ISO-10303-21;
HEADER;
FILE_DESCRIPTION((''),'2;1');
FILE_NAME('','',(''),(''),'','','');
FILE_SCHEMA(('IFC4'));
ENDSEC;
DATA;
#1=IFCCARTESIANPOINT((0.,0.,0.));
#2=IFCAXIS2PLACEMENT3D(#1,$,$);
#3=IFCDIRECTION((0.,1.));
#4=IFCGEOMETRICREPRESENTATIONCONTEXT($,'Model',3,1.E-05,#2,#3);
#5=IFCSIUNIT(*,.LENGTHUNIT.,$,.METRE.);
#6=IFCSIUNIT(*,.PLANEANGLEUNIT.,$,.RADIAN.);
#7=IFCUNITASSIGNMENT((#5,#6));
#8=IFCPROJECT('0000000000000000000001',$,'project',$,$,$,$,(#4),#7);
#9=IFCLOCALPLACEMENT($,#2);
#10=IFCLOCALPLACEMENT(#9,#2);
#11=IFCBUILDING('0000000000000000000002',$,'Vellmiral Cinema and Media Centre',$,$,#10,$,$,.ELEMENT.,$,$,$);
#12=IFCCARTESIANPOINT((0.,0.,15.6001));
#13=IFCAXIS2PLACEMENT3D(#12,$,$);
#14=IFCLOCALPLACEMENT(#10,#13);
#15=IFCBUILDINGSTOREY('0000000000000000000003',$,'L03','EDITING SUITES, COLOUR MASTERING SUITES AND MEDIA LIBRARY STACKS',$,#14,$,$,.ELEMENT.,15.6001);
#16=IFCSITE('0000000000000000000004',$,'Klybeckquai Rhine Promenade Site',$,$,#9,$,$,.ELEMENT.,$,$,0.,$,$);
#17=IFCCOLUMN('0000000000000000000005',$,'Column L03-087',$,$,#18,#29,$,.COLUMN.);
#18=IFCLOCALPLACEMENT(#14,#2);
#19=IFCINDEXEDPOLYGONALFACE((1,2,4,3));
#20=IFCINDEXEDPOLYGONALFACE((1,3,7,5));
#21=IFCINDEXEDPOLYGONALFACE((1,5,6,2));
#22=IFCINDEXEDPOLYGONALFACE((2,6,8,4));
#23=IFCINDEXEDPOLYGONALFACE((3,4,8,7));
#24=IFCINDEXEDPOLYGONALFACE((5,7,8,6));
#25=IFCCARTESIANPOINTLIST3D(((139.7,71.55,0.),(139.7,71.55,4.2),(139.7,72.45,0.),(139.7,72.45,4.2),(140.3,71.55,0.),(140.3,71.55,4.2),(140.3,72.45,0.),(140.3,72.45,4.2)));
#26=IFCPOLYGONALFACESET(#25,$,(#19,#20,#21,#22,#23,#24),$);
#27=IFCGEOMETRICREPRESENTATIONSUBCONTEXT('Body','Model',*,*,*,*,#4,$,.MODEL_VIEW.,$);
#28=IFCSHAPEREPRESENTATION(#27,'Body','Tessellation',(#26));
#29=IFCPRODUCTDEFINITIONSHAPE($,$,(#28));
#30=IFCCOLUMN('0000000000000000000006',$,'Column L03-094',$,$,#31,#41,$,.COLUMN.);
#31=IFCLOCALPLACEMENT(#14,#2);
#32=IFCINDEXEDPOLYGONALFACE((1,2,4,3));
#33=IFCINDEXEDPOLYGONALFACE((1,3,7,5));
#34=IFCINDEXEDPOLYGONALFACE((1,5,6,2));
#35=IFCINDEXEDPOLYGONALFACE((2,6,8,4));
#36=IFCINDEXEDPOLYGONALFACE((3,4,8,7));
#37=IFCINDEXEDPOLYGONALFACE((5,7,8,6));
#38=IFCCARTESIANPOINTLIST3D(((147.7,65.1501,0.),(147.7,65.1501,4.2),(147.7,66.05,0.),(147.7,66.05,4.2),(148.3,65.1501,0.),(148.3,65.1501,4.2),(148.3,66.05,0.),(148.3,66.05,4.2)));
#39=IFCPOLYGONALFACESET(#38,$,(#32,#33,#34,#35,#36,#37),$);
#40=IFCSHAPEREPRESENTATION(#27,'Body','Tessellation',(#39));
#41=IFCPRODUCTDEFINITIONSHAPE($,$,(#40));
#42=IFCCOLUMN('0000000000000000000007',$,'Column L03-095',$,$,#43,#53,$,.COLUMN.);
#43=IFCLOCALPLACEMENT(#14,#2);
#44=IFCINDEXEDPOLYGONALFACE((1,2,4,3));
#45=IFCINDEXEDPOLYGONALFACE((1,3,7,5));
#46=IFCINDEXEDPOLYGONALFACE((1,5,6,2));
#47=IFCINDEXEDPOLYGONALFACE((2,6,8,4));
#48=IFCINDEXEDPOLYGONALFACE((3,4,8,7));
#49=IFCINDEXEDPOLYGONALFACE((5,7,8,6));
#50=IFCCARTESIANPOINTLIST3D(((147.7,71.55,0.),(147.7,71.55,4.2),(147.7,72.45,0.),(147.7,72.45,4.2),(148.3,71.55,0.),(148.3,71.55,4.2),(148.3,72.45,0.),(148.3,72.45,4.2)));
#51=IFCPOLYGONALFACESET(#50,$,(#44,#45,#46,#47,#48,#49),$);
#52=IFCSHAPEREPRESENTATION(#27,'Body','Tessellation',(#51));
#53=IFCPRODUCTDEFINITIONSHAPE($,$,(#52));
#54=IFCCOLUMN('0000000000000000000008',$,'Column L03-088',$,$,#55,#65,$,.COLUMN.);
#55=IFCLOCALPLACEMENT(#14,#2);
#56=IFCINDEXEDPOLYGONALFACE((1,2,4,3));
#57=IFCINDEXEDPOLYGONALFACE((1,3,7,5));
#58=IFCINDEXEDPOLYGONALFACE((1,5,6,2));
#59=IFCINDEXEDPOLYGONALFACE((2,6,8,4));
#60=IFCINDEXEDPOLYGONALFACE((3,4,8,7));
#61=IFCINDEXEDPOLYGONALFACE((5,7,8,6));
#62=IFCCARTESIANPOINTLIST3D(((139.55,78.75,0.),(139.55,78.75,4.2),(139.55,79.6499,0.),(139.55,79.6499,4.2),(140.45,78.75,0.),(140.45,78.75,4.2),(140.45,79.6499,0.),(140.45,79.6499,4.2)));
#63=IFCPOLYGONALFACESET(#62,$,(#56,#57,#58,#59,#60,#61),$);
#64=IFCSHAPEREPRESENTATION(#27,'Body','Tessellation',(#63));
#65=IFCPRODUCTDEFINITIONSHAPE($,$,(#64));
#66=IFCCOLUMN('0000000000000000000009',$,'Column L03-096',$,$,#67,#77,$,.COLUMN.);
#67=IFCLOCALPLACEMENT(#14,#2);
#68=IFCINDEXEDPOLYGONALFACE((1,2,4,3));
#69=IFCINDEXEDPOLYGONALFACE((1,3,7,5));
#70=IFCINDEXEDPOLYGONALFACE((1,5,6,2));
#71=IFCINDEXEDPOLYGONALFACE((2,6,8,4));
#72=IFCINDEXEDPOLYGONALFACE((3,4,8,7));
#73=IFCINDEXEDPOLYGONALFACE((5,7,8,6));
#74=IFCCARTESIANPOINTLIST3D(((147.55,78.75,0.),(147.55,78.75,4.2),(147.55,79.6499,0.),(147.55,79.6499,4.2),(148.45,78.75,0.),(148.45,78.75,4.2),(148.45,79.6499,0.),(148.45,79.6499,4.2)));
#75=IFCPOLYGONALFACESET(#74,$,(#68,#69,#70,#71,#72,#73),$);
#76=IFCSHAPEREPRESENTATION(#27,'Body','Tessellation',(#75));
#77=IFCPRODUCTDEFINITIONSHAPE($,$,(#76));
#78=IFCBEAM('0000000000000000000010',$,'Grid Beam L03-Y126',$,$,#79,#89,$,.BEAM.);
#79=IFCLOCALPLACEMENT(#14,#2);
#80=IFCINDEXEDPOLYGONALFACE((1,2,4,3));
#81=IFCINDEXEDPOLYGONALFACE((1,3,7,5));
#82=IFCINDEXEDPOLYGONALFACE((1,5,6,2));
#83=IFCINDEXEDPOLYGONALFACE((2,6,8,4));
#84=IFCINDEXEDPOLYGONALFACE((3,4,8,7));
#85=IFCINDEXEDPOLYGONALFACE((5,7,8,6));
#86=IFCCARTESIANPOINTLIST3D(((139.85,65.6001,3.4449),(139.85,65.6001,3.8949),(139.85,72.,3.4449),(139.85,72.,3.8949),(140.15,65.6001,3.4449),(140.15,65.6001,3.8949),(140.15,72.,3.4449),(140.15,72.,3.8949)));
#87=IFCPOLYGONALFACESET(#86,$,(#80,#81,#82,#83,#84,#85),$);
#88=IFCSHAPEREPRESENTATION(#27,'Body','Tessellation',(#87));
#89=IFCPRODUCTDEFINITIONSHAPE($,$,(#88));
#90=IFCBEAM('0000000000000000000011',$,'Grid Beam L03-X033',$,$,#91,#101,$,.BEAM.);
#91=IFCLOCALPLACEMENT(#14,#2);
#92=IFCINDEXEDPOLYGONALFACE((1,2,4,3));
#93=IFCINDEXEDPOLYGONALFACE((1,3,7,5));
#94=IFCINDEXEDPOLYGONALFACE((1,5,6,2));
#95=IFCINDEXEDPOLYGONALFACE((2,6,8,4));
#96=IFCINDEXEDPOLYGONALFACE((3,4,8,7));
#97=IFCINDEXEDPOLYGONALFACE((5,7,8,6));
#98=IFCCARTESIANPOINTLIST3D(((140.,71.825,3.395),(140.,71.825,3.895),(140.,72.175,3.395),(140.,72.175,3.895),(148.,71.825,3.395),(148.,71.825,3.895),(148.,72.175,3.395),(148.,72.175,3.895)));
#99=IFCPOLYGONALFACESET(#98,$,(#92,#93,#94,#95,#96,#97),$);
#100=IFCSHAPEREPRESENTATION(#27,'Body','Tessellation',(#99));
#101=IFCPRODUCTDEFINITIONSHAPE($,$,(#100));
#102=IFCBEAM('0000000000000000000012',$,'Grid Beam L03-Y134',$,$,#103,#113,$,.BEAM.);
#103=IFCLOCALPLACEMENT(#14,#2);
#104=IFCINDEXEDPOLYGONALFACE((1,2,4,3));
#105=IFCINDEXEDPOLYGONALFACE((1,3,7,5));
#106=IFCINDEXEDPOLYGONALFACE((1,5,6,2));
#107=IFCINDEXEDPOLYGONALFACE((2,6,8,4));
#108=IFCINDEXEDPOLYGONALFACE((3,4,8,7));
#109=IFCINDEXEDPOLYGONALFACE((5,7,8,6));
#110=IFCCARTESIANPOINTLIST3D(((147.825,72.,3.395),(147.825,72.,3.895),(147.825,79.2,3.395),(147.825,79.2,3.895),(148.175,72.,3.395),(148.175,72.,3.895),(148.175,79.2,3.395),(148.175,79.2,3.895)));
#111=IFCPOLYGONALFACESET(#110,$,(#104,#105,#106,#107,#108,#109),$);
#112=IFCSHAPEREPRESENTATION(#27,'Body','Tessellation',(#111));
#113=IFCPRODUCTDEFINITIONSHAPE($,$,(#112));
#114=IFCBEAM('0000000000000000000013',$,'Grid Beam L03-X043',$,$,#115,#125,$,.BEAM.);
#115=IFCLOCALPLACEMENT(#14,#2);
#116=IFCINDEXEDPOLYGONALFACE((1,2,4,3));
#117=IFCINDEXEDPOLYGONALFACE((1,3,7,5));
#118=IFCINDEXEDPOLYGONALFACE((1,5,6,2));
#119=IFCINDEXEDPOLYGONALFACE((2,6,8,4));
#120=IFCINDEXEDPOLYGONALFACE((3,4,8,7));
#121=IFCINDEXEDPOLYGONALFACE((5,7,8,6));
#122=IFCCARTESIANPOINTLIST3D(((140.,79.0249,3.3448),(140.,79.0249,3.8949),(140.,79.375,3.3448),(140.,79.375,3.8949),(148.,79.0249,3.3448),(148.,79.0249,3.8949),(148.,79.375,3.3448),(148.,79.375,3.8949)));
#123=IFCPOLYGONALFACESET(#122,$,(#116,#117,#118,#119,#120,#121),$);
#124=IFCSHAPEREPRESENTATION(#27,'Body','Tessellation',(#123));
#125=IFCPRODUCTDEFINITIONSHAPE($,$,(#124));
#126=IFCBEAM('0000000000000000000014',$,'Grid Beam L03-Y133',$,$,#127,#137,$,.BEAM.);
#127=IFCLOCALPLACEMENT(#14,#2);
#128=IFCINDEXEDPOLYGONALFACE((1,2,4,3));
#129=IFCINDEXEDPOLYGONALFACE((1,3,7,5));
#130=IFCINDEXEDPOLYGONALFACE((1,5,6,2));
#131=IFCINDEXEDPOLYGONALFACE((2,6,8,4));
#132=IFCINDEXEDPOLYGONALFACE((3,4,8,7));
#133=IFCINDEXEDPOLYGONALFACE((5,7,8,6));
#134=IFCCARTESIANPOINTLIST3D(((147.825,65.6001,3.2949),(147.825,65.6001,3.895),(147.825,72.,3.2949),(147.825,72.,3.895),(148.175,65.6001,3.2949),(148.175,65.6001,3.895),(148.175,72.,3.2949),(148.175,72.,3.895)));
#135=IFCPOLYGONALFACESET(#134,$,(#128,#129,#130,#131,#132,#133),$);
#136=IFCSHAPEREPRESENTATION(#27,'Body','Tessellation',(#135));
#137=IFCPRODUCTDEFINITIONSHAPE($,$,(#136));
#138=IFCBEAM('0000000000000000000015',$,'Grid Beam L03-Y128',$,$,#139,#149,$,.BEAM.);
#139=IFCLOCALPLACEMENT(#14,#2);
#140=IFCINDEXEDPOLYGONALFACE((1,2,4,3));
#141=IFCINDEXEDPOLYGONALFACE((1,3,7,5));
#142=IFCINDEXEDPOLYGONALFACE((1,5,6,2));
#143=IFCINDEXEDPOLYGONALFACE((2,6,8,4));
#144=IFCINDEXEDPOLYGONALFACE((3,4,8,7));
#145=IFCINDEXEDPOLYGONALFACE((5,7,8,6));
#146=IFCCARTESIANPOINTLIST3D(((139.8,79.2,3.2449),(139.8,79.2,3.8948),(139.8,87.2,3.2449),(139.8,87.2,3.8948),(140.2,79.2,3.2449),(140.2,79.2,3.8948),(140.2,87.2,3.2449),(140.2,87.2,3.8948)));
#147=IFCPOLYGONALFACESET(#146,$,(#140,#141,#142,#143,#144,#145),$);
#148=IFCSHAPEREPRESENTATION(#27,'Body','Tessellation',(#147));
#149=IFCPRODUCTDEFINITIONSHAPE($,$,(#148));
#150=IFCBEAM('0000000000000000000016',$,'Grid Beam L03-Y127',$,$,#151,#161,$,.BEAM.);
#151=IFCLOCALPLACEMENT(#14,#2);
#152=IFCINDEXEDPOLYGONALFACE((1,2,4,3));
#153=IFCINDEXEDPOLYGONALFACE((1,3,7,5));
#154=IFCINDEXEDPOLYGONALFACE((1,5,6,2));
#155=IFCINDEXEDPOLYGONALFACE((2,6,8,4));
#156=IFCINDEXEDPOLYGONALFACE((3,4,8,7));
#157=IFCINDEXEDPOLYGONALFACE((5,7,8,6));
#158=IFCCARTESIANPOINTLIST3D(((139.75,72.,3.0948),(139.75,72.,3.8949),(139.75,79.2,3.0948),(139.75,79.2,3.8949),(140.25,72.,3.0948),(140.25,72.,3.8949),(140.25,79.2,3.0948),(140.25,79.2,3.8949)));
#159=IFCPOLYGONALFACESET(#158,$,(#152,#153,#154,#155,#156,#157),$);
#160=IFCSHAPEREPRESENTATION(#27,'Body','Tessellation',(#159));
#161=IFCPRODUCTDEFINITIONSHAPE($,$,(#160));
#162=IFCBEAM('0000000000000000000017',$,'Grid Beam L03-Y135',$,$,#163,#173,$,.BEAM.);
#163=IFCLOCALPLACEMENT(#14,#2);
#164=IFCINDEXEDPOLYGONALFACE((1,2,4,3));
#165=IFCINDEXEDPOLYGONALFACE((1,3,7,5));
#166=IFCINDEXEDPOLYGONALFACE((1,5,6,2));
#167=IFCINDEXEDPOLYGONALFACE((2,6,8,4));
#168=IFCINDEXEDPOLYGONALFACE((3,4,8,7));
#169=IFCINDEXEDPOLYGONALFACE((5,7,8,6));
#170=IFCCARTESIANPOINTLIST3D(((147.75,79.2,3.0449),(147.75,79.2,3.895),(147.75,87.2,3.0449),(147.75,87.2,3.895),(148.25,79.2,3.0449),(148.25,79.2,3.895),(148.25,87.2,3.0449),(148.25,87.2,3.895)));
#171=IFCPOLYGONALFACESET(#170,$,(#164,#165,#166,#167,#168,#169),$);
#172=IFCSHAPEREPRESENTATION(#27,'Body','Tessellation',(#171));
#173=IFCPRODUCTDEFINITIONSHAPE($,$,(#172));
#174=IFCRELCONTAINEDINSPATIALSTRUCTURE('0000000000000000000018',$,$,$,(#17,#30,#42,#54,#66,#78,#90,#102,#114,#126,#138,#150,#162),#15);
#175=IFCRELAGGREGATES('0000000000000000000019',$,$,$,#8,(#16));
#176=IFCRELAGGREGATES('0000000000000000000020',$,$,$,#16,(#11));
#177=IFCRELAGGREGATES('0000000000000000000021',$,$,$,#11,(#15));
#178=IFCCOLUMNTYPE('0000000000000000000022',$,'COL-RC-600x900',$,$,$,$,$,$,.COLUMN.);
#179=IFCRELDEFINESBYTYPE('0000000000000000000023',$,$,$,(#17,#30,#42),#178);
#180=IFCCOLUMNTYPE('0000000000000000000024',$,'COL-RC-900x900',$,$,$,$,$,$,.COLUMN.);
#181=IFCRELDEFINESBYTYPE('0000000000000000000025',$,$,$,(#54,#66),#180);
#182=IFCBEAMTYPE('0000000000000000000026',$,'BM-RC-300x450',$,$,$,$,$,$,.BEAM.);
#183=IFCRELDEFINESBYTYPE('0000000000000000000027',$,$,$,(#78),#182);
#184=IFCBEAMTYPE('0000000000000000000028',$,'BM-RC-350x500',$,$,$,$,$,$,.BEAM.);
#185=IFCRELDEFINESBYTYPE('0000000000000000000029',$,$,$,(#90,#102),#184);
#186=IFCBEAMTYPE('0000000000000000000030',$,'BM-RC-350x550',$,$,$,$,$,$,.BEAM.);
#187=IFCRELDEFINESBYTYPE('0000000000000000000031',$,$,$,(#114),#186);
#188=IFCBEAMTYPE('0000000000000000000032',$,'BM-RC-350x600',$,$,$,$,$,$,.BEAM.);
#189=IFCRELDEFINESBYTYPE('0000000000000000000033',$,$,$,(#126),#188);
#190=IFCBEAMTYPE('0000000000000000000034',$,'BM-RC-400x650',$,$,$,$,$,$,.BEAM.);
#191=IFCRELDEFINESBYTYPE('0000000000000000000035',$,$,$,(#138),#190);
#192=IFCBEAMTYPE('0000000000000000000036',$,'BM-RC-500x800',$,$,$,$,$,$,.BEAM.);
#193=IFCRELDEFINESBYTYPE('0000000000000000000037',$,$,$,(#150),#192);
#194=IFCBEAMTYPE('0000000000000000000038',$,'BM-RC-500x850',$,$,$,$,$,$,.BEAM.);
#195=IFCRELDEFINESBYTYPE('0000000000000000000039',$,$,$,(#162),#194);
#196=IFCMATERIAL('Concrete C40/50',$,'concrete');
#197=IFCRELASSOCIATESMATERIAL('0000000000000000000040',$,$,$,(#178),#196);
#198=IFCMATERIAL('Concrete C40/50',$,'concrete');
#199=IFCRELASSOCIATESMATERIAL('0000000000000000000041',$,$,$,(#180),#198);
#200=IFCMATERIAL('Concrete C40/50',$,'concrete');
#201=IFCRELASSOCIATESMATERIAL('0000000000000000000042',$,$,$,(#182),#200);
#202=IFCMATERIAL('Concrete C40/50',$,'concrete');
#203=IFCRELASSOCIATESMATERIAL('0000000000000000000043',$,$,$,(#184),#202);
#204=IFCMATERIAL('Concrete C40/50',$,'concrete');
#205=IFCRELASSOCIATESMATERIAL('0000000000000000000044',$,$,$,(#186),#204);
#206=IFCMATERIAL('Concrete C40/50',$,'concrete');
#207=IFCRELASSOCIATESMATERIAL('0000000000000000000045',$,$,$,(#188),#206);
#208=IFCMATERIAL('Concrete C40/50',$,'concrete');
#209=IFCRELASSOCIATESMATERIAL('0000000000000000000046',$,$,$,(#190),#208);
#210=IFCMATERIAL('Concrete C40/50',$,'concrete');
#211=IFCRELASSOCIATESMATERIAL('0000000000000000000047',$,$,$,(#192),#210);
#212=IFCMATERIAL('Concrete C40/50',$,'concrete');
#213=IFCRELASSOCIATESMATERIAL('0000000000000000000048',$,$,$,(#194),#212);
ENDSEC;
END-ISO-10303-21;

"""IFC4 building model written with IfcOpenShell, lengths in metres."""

from ifc_helpers import new_model, si_unit, direction, frame, origin, origin_2d, place, context, subcontext, project, spatial, rectangle, extrude, material, material_profile, profile_set, type_object, element, save


model = new_model("IFC4")

# Units and contexts
model_context = context("Model", 3, precision=1e-05, world=origin(), true_north=direction((0.0, 1.0)))
body_context = subcontext(model_context, "Body", "Model", "MODEL_VIEW")
ifc_project = project(units=[si_unit("LENGTHUNIT", "METRE"), si_unit("PLANEANGLEUNIT", "RADIAN")], contexts=[model_context])

# Site, building, storey
site_placement = place(None, origin())
site = spatial("IfcSite", under=ifc_project, at=site_placement, Name="Klybeckquai Rhine Promenade Site", CompositionType="ELEMENT", RefElevation=0.0)
building_placement = place(site_placement, origin())
building = spatial("IfcBuilding", under=site, at=building_placement, Name="Vellmiral Cinema and Media Centre", CompositionType="ELEMENT")
storey_placement = place(building_placement, frame((0.0, 0.0, 15.6001)))
storey = spatial("IfcBuildingStorey", under=building, at=storey_placement, Name="L03", Description="EDITING SUITES, COLOUR MASTERING SUITES AND MEDIA LIBRARY STACKS", CompositionType="ELEMENT", Elevation=15.6001)

# Columns
ifc_material_1 = material(Name="Concrete C40/50", Category="concrete")
ifc_material_profile_1 = material_profile(ifc_material_1, rectangle(XDim=0.6001, YDim=0.8999, at=origin_2d()), Name="RC 600x900")
ifc_profile_set_1 = profile_set([ifc_material_profile_1], Name="Concrete C40/50")
column_type_1 = type_object("IfcColumnType", Name="COL-RC-600x900", PredefinedType="COLUMN", material=ifc_profile_set_1)
for number, where, z_axis, x_axis, name in (
    (1, (140.0, 72.0, 0.0), (0.0, 0.0, 1.0), (1.0, 0.0, 0.0), "Column L03-087"),
    (2, (148.0, 65.6001, 0.0), (0.0, 0.0, 1.0), (1.0, 0.0, 0.0), "Column L03-094"),
    (3, (148.0, 72.0, 0.0), (0.0, 0.0, 1.0), (1.0, 0.0, 0.0), "Column L03-095"),
):
    element("IfcColumn", number, at=place(storey_placement, frame(where, z_axis=z_axis, x_axis=x_axis)), inside=storey, type_object=column_type_1, Name=name, PredefinedType="COLUMN", context=body_context, shape_type="SweptSolid", body=[
        extrude(rectangle(XDim=0.6001, YDim=0.8999, at=origin_2d()), origin(), (0.0, 0.0, 1.0), 4.2),
    ])
ifc_material_2 = material(Name="Concrete C40/50", Category="concrete")
ifc_material_profile_2 = material_profile(ifc_material_2, rectangle(XDim=0.8999, YDim=0.8999, at=origin_2d()), Name="RC 900x900")
ifc_profile_set_2 = profile_set([ifc_material_profile_2], Name="Concrete C40/50")
column_type_2 = type_object("IfcColumnType", Name="COL-RC-900x900", PredefinedType="COLUMN", material=ifc_profile_set_2)
for number, where, z_axis, x_axis, name in (
    (4, (140.0, 79.2, 0.0), (0.0, 0.0, 1.0), (1.0, 0.0, 0.0), "Column L03-088"),
    (5, (148.0, 79.2, 0.0), (0.0, 0.0, 1.0), (1.0, 0.0, 0.0), "Column L03-096"),
):
    element("IfcColumn", number, at=place(storey_placement, frame(where, z_axis=z_axis, x_axis=x_axis)), inside=storey, type_object=column_type_2, Name=name, PredefinedType="COLUMN", context=body_context, shape_type="SweptSolid", body=[
        extrude(rectangle(XDim=0.8999, YDim=0.8999, at=origin_2d()), origin(), (0.0, 0.0, 1.0), 4.2),
    ])

# Beams
ifc_material_3 = material(Name="Concrete C40/50", Category="concrete")
ifc_material_profile_3 = material_profile(ifc_material_3, rectangle(XDim=0.3, YDim=0.45, at=origin_2d()), Name="RC 300x450")
ifc_profile_set_3 = profile_set([ifc_material_profile_3], Name="Concrete C40/50")
beam_type_1 = type_object("IfcBeamType", Name="BM-RC-300x450", PredefinedType="BEAM", material=ifc_profile_set_3)
beam_1_placement = place(storey_placement, frame((140.0, 65.6001, 3.6699), z_axis=(0.0, 1.0, 0.0), x_axis=(-1.0, 0.0, 0.0)))
element("IfcBeam", 6, at=beam_1_placement, inside=storey, type_object=beam_type_1, Name="Grid Beam L03-Y126", PredefinedType="BEAM", context=body_context, shape_type="SweptSolid", body=[
    extrude(rectangle(XDim=0.3, YDim=0.45, at=origin_2d()), origin(), (0.0, 0.0, 1.0), 6.3999),
])
ifc_material_4 = material(Name="Concrete C40/50", Category="concrete")
ifc_material_profile_4 = material_profile(ifc_material_4, rectangle(XDim=0.3501, YDim=0.5, at=origin_2d()), Name="RC 350x500")
ifc_profile_set_4 = profile_set([ifc_material_profile_4], Name="Concrete C40/50")
beam_type_2 = type_object("IfcBeamType", Name="BM-RC-350x500", PredefinedType="BEAM", material=ifc_profile_set_4)
beam_2_placement = place(storey_placement, frame((140.0, 72.0, 3.645), z_axis=(1.0, 0.0, 0.0), x_axis=(0.0, 1.0, 0.0)))
element("IfcBeam", 7, at=beam_2_placement, inside=storey, type_object=beam_type_2, Name="Grid Beam L03-X033", PredefinedType="BEAM", context=body_context, shape_type="SweptSolid", body=[
    extrude(rectangle(XDim=0.3501, YDim=0.5, at=origin_2d()), origin(), (0.0, 0.0, 1.0), 8.0),
])
beam_3_placement = place(storey_placement, frame((148.0, 72.0, 3.645), z_axis=(0.0, 1.0, 0.0), x_axis=(-1.0, 0.0, 0.0)))
element("IfcBeam", 8, at=beam_3_placement, inside=storey, type_object=beam_type_2, Name="Grid Beam L03-Y134", PredefinedType="BEAM", context=body_context, shape_type="SweptSolid", body=[
    extrude(rectangle(XDim=0.3501, YDim=0.5, at=origin_2d()), origin(), (0.0, 0.0, 1.0), 7.2),
])
ifc_material_5 = material(Name="Concrete C40/50", Category="concrete")
ifc_material_profile_5 = material_profile(ifc_material_5, rectangle(XDim=0.3501, YDim=0.55, at=origin_2d()), Name="RC 350x550")
ifc_profile_set_5 = profile_set([ifc_material_profile_5], Name="Concrete C40/50")
beam_type_3 = type_object("IfcBeamType", Name="BM-RC-350x550", PredefinedType="BEAM", material=ifc_profile_set_5)
beam_4_placement = place(storey_placement, frame((140.0, 79.2, 3.6199), z_axis=(1.0, 0.0, 0.0), x_axis=(0.0, 1.0, 0.0)))
element("IfcBeam", 9, at=beam_4_placement, inside=storey, type_object=beam_type_3, Name="Grid Beam L03-X043", PredefinedType="BEAM", context=body_context, shape_type="SweptSolid", body=[
    extrude(rectangle(XDim=0.3501, YDim=0.55, at=origin_2d()), origin(), (0.0, 0.0, 1.0), 8.0),
])
ifc_material_6 = material(Name="Concrete C40/50", Category="concrete")
ifc_material_profile_6 = material_profile(ifc_material_6, rectangle(XDim=0.3501, YDim=0.6001, at=origin_2d()), Name="RC 350x600")
ifc_profile_set_6 = profile_set([ifc_material_profile_6], Name="Concrete C40/50")
beam_type_4 = type_object("IfcBeamType", Name="BM-RC-350x600", PredefinedType="BEAM", material=ifc_profile_set_6)
beam_5_placement = place(storey_placement, frame((148.0, 65.6001, 3.595), z_axis=(0.0, 1.0, 0.0), x_axis=(-1.0, 0.0, 0.0)))
element("IfcBeam", 10, at=beam_5_placement, inside=storey, type_object=beam_type_4, Name="Grid Beam L03-Y133", PredefinedType="BEAM", context=body_context, shape_type="SweptSolid", body=[
    extrude(rectangle(XDim=0.3501, YDim=0.6001, at=origin_2d()), origin(), (0.0, 0.0, 1.0), 6.3999),
])
ifc_material_7 = material(Name="Concrete C40/50", Category="concrete")
ifc_material_profile_7 = material_profile(ifc_material_7, rectangle(XDim=0.3999, YDim=0.6499, at=origin_2d()), Name="RC 400x650")
ifc_profile_set_7 = profile_set([ifc_material_profile_7], Name="Concrete C40/50")
beam_type_5 = type_object("IfcBeamType", Name="BM-RC-400x650", PredefinedType="BEAM", material=ifc_profile_set_7)
beam_6_placement = place(storey_placement, frame((140.0, 79.2, 3.5698), z_axis=(0.0, 1.0, 0.0), x_axis=(-1.0, 0.0, 0.0)))
element("IfcBeam", 11, at=beam_6_placement, inside=storey, type_object=beam_type_5, Name="Grid Beam L03-Y128", PredefinedType="BEAM", context=body_context, shape_type="SweptSolid", body=[
    extrude(rectangle(XDim=0.3999, YDim=0.6499, at=origin_2d()), origin(), (0.0, 0.0, 1.0), 8.0),
])
ifc_material_8 = material(Name="Concrete C40/50", Category="concrete")
ifc_material_profile_8 = material_profile(ifc_material_8, rectangle(XDim=0.5, YDim=0.8, at=origin_2d()), Name="RC 500x800")
ifc_profile_set_8 = profile_set([ifc_material_profile_8], Name="Concrete C40/50")
beam_type_6 = type_object("IfcBeamType", Name="BM-RC-500x800", PredefinedType="BEAM", material=ifc_profile_set_8)
beam_7_placement = place(storey_placement, frame((140.0, 72.0, 3.4949), z_axis=(0.0, 1.0, 0.0), x_axis=(-1.0, 0.0, 0.0)))
element("IfcBeam", 12, at=beam_7_placement, inside=storey, type_object=beam_type_6, Name="Grid Beam L03-Y127", PredefinedType="BEAM", context=body_context, shape_type="SweptSolid", body=[
    extrude(rectangle(XDim=0.5, YDim=0.8, at=origin_2d()), origin(), (0.0, 0.0, 1.0), 7.2),
])
ifc_material_9 = material(Name="Concrete C40/50", Category="concrete")
ifc_material_profile_9 = material_profile(ifc_material_9, rectangle(XDim=0.5, YDim=0.8501, at=origin_2d()), Name="RC 500x850")
ifc_profile_set_9 = profile_set([ifc_material_profile_9], Name="Concrete C40/50")
beam_type_7 = type_object("IfcBeamType", Name="BM-RC-500x850", PredefinedType="BEAM", material=ifc_profile_set_9)
beam_8_placement = place(storey_placement, frame((148.0, 79.2, 3.47), z_axis=(0.0, 1.0, 0.0), x_axis=(-1.0, 0.0, 0.0)))
element("IfcBeam", 13, at=beam_8_placement, inside=storey, type_object=beam_type_7, Name="Grid Beam L03-Y135", PredefinedType="BEAM", context=body_context, shape_type="SweptSolid", body=[
    extrude(rectangle(XDim=0.5, YDim=0.8501, at=origin_2d()), origin(), (0.0, 0.0, 1.0), 8.0),
])

save(model, "model.ifc")
